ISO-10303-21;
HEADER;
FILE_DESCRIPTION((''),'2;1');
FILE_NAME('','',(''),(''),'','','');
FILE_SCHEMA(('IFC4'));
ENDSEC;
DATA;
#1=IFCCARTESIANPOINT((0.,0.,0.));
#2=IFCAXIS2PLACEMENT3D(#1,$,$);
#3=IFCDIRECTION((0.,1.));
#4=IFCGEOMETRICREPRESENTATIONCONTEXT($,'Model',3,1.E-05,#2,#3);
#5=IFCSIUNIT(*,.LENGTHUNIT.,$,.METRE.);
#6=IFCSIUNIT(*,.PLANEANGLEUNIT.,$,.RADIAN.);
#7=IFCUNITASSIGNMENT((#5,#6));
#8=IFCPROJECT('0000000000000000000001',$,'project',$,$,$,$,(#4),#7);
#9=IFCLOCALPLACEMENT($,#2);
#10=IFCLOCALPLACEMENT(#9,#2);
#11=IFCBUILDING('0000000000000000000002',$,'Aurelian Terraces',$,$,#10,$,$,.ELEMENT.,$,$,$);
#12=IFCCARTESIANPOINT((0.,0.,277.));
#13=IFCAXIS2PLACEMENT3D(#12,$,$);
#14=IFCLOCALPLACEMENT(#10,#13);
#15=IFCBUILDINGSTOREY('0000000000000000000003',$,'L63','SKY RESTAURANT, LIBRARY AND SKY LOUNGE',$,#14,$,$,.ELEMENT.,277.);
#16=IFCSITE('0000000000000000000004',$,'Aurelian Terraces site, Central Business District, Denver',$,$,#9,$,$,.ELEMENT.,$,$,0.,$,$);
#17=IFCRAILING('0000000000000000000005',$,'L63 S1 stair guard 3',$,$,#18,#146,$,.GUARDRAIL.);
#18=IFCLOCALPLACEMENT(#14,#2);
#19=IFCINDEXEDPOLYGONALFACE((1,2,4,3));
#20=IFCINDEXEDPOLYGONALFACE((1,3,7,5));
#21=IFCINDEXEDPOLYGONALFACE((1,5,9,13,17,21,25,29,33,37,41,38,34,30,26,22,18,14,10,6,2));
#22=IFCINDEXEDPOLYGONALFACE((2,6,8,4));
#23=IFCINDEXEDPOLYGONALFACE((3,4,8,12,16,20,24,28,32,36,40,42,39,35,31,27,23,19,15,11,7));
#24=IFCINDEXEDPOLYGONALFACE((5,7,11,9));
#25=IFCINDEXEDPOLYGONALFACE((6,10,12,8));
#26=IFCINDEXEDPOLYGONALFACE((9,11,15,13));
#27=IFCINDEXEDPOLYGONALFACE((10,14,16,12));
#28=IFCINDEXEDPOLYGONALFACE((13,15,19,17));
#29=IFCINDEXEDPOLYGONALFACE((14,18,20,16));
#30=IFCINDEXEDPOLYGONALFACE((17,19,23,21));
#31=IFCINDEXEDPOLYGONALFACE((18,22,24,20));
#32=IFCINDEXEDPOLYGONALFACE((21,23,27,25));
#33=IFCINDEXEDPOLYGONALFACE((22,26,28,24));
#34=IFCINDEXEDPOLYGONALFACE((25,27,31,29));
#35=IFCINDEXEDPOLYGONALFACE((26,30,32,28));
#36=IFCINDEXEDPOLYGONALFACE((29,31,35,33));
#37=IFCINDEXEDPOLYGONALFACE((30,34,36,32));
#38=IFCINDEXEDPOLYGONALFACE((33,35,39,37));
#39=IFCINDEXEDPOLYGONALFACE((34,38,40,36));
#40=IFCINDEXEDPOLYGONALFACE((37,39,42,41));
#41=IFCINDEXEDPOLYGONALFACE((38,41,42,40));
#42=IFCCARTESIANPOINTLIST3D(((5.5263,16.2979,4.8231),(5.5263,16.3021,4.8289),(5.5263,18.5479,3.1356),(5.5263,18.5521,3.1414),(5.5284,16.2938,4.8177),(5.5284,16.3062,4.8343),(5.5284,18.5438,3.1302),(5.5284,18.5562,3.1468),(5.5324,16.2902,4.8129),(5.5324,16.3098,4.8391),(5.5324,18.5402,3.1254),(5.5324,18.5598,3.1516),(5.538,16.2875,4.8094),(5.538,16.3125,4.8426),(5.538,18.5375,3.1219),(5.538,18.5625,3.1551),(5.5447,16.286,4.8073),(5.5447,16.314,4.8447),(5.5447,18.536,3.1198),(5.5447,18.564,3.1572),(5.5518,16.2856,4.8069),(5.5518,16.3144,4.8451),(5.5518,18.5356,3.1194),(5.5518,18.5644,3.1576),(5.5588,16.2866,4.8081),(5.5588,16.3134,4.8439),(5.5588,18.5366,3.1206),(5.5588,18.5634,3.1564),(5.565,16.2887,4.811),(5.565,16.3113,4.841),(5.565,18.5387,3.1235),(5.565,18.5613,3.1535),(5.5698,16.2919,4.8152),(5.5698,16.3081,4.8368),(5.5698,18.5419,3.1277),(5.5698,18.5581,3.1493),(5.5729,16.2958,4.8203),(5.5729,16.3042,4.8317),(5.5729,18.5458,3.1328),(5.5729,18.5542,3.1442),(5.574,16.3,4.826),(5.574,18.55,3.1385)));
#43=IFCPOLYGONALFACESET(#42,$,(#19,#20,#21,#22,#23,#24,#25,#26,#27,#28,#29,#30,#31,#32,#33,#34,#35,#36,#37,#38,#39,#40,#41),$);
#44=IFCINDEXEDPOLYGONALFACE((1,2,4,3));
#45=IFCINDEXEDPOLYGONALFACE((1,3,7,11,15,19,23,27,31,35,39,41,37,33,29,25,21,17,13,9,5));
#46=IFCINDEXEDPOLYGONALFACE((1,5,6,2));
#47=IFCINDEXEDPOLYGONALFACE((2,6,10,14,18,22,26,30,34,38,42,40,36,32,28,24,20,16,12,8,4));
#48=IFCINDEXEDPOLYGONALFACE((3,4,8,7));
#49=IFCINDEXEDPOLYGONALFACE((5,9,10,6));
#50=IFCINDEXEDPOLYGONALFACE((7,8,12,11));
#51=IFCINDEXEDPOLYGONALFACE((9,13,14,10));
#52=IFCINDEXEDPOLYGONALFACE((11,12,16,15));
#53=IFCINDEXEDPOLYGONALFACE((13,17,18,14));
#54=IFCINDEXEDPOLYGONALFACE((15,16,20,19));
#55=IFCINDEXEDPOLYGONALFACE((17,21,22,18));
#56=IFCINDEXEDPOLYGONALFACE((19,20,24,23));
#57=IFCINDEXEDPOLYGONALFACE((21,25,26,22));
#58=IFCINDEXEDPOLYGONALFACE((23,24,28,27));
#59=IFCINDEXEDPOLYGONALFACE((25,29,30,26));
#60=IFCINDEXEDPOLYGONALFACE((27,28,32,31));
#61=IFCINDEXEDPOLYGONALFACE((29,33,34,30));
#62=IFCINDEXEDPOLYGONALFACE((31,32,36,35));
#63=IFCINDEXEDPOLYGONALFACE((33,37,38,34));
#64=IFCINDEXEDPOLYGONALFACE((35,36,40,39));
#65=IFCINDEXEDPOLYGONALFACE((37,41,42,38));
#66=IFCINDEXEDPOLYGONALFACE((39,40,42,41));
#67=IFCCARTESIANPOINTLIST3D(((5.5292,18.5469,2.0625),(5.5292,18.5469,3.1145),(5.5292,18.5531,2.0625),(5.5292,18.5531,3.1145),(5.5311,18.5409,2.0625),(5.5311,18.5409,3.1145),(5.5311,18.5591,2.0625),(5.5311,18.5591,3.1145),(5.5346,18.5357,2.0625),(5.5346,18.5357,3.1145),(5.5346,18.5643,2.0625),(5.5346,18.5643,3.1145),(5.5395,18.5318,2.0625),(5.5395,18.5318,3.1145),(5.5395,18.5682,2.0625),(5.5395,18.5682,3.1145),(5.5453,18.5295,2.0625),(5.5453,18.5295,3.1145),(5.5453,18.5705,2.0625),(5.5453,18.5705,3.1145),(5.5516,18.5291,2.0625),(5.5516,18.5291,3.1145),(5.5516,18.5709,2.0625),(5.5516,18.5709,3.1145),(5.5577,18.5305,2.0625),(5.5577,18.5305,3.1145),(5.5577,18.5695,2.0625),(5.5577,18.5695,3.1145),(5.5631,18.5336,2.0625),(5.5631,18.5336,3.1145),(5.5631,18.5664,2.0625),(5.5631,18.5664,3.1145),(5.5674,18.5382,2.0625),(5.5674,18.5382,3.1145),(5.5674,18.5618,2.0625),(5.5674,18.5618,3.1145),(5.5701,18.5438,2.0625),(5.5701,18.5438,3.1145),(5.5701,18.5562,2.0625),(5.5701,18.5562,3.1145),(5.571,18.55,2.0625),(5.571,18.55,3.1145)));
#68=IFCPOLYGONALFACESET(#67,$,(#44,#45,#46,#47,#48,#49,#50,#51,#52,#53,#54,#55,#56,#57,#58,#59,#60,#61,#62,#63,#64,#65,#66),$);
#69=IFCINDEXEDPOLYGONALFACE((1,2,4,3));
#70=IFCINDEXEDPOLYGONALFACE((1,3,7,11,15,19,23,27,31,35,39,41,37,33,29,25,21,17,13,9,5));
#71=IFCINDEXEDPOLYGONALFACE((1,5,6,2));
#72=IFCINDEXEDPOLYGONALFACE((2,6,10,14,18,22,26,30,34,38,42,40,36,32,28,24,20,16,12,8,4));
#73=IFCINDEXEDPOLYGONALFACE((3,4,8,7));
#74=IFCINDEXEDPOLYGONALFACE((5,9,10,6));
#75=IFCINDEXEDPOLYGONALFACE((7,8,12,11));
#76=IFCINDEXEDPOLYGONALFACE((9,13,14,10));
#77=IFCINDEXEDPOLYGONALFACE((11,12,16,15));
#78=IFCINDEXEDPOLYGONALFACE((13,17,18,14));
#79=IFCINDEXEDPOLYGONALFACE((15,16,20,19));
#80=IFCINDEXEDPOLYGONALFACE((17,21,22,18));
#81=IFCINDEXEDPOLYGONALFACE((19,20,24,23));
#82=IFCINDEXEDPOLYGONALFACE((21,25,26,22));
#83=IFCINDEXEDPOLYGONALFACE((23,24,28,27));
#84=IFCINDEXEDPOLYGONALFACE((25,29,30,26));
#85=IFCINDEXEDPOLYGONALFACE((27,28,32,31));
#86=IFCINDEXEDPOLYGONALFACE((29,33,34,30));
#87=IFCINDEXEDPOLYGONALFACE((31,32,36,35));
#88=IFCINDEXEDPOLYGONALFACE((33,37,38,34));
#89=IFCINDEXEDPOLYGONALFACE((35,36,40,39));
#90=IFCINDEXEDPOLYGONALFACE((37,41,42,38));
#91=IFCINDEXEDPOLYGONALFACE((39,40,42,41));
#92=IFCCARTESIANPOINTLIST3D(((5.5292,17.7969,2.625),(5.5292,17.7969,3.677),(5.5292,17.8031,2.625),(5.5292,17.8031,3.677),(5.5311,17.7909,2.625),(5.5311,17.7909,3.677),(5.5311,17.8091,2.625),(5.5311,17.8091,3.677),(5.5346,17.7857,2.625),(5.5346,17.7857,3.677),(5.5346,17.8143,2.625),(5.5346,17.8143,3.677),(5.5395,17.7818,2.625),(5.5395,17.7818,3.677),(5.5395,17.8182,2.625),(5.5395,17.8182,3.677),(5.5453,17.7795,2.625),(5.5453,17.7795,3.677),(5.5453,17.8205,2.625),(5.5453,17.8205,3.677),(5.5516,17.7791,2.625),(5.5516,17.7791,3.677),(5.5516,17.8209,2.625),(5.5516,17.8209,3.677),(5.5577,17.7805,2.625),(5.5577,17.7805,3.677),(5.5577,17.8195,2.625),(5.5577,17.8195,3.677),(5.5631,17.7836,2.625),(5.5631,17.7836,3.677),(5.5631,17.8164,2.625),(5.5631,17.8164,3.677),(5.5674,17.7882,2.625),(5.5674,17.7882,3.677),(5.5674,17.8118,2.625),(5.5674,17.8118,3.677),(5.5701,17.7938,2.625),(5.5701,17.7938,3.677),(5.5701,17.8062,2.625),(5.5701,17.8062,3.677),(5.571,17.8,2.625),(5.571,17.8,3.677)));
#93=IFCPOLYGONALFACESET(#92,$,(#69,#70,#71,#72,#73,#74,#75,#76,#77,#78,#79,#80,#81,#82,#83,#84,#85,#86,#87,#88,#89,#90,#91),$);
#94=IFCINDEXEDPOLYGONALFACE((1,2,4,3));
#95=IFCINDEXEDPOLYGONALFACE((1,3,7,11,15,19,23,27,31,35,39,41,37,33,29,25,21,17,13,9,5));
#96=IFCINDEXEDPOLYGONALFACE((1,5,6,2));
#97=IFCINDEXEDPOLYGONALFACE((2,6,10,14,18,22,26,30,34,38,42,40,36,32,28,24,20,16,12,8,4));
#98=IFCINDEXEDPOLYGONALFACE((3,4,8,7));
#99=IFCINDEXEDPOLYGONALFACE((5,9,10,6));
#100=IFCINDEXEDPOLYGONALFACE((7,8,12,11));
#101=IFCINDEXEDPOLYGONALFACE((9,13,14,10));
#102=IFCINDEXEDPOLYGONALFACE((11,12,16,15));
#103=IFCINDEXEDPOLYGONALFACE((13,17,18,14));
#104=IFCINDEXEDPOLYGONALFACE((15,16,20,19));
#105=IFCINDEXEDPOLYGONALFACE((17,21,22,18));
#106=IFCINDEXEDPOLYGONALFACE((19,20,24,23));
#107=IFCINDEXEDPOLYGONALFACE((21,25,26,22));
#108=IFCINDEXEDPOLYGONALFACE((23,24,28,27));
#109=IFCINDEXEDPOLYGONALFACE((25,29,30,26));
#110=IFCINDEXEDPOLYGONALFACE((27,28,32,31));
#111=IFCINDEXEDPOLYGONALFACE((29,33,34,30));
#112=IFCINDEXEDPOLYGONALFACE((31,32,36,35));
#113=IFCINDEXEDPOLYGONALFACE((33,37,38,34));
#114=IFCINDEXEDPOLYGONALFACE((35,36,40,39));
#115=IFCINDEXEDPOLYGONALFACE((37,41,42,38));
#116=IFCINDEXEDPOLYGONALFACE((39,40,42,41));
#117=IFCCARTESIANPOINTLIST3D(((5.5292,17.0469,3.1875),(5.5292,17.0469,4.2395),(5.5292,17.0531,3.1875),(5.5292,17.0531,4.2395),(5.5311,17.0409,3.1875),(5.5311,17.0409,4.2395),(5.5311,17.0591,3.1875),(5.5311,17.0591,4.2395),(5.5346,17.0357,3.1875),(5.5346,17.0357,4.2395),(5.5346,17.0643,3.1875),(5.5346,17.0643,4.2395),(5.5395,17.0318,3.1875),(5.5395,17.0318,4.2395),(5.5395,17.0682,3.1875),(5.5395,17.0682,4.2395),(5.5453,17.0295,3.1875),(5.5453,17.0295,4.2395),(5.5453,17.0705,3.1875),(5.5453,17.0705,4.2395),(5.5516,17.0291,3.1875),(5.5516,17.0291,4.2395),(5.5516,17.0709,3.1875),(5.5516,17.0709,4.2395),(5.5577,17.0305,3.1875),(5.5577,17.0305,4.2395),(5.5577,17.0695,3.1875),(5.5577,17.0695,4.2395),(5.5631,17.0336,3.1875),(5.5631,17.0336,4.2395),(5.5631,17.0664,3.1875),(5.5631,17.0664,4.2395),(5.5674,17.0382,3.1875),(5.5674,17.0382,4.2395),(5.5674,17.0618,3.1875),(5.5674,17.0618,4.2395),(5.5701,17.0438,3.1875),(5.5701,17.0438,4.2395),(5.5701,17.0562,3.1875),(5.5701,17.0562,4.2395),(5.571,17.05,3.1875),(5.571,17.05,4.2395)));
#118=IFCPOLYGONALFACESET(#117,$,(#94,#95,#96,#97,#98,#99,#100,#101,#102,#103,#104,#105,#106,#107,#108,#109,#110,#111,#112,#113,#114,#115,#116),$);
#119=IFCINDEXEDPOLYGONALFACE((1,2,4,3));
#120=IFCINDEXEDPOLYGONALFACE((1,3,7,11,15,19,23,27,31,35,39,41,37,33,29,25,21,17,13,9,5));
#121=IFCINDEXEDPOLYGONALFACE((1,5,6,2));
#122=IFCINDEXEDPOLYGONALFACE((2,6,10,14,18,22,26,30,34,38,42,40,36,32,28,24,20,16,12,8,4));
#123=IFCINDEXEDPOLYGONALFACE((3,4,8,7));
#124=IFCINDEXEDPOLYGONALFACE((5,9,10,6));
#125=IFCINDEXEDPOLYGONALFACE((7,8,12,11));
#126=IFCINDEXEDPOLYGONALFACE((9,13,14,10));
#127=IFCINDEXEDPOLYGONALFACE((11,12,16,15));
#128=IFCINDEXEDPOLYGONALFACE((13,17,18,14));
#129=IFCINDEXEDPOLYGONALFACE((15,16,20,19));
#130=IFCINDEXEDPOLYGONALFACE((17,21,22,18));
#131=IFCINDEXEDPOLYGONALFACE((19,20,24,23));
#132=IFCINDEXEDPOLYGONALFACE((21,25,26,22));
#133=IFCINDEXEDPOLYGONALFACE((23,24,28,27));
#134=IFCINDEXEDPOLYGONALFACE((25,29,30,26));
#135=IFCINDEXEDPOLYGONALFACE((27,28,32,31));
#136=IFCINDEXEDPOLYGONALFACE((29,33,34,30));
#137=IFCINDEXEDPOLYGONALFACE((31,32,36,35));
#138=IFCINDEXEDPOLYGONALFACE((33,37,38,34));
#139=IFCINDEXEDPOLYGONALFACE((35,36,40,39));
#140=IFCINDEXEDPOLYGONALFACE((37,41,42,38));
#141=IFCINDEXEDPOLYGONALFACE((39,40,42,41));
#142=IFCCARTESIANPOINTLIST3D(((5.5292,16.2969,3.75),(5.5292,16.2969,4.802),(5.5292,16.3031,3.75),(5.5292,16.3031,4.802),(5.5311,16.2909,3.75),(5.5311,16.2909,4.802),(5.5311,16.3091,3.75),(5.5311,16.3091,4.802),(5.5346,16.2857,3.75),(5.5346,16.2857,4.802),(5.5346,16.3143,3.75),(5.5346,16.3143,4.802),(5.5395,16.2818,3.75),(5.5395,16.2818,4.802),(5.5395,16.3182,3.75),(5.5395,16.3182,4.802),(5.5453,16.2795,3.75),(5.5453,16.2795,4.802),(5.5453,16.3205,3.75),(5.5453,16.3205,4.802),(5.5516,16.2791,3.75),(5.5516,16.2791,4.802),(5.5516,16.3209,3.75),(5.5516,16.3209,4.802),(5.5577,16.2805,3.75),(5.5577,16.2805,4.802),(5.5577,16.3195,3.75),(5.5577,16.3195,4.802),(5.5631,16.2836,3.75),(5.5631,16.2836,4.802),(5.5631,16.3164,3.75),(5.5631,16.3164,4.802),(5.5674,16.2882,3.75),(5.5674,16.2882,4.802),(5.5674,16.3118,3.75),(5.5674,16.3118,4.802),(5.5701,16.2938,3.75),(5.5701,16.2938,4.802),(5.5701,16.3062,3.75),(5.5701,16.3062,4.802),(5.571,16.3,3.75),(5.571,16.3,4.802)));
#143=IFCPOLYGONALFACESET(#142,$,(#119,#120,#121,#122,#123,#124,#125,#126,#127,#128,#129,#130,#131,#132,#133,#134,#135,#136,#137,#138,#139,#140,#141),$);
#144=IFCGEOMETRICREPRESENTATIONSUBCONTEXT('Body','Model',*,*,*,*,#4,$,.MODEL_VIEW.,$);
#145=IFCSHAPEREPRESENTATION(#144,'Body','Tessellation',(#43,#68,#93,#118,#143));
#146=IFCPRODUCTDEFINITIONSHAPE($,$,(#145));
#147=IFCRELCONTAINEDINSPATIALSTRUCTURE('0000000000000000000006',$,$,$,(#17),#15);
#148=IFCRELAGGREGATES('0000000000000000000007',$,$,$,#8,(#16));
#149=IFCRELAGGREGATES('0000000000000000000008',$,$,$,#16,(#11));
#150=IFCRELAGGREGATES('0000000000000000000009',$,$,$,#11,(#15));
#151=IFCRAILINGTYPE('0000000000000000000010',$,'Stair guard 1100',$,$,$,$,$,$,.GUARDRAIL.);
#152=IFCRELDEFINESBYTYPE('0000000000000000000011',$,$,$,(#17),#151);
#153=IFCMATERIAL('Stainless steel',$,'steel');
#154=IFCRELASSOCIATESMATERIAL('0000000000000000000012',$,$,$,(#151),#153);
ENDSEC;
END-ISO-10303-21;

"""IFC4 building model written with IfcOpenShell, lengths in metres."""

from ifc_helpers import new_model, si_unit, direction, frame, origin, origin_2d, place, context, subcontext, project, spatial, circle, extrude, source, transform, mapped, material, type_object, element, save


model = new_model("IFC4")

# Units and contexts
model_context = context("Model", 3, precision=1e-05, world=origin(), true_north=direction((0.0, 1.0)))
body_context = subcontext(model_context, "Body", "Model", "MODEL_VIEW")
ifc_project = project(units=[si_unit("LENGTHUNIT", "METRE"), si_unit("PLANEANGLEUNIT", "RADIAN")], contexts=[model_context])

# Site, building, storey
site_placement = place(None, origin())
site = spatial("IfcSite", under=ifc_project, at=site_placement, Name="Aurelian Terraces site, Central Business District, Denver", CompositionType="ELEMENT", RefElevation=0.0)
building_placement = place(site_placement, origin())
building = spatial("IfcBuilding", under=site, at=building_placement, Name="Aurelian Terraces", CompositionType="ELEMENT")
storey_placement = place(building_placement, frame((0.0, 0.0, 277.0)))
storey = spatial("IfcBuildingStorey", under=building, at=storey_placement, Name="L63", Description="SKY RESTAURANT, LIBRARY AND SKY LOUNGE", CompositionType="ELEMENT", Elevation=277.0)

# Railing
ifc_material_1 = material(Name="Stainless steel", Category="steel")
railing_type_1 = type_object("IfcRailingType", Name="Stair guard 1100", PredefinedType="GUARDRAIL", material=ifc_material_1)
shared_shape_1 = source(origin(), body_context, "Body", "SweptSolid", [
    extrude(circle(Radius=0.024, at=origin_2d()), frame((0.0, 0.0, 1.076), z_axis=(0.0, -0.8, 0.6), x_axis=(1.0, 0.0, 0.0)), (0.0, 0.0, 1.0), 2.8125),
    extrude(circle(Radius=0.021, at=origin_2d()), origin(), (0.0, 0.0, 1.0), 1.052),
    extrude(circle(Radius=0.021, at=origin_2d()), frame((0.0, -0.75, 0.5625)), (0.0, 0.0, 1.0), 1.052),
    extrude(circle(Radius=0.021, at=origin_2d()), frame((0.0, -1.5, 1.125)), (0.0, 0.0, 1.0), 1.052),
    extrude(circle(Radius=0.021, at=origin_2d()), frame((0.0, -2.25, 1.6875)), (0.0, 0.0, 1.0), 1.052),
])
for number, where, name in (
    (1, (5.55, 18.55, 2.0625), "L63 S1 stair guard 3"),
):
    element("IfcRailing", number, at=place(storey_placement, frame(where)), inside=storey, type_object=railing_type_1, Name=name, PredefinedType="GUARDRAIL", context=body_context, shape_type="MappedRepresentation", body=[
        mapped(shared_shape_1, transform((0.0, 0.0, 0.0), scale=1.0)),
    ])

save(model, "model.ifc")
